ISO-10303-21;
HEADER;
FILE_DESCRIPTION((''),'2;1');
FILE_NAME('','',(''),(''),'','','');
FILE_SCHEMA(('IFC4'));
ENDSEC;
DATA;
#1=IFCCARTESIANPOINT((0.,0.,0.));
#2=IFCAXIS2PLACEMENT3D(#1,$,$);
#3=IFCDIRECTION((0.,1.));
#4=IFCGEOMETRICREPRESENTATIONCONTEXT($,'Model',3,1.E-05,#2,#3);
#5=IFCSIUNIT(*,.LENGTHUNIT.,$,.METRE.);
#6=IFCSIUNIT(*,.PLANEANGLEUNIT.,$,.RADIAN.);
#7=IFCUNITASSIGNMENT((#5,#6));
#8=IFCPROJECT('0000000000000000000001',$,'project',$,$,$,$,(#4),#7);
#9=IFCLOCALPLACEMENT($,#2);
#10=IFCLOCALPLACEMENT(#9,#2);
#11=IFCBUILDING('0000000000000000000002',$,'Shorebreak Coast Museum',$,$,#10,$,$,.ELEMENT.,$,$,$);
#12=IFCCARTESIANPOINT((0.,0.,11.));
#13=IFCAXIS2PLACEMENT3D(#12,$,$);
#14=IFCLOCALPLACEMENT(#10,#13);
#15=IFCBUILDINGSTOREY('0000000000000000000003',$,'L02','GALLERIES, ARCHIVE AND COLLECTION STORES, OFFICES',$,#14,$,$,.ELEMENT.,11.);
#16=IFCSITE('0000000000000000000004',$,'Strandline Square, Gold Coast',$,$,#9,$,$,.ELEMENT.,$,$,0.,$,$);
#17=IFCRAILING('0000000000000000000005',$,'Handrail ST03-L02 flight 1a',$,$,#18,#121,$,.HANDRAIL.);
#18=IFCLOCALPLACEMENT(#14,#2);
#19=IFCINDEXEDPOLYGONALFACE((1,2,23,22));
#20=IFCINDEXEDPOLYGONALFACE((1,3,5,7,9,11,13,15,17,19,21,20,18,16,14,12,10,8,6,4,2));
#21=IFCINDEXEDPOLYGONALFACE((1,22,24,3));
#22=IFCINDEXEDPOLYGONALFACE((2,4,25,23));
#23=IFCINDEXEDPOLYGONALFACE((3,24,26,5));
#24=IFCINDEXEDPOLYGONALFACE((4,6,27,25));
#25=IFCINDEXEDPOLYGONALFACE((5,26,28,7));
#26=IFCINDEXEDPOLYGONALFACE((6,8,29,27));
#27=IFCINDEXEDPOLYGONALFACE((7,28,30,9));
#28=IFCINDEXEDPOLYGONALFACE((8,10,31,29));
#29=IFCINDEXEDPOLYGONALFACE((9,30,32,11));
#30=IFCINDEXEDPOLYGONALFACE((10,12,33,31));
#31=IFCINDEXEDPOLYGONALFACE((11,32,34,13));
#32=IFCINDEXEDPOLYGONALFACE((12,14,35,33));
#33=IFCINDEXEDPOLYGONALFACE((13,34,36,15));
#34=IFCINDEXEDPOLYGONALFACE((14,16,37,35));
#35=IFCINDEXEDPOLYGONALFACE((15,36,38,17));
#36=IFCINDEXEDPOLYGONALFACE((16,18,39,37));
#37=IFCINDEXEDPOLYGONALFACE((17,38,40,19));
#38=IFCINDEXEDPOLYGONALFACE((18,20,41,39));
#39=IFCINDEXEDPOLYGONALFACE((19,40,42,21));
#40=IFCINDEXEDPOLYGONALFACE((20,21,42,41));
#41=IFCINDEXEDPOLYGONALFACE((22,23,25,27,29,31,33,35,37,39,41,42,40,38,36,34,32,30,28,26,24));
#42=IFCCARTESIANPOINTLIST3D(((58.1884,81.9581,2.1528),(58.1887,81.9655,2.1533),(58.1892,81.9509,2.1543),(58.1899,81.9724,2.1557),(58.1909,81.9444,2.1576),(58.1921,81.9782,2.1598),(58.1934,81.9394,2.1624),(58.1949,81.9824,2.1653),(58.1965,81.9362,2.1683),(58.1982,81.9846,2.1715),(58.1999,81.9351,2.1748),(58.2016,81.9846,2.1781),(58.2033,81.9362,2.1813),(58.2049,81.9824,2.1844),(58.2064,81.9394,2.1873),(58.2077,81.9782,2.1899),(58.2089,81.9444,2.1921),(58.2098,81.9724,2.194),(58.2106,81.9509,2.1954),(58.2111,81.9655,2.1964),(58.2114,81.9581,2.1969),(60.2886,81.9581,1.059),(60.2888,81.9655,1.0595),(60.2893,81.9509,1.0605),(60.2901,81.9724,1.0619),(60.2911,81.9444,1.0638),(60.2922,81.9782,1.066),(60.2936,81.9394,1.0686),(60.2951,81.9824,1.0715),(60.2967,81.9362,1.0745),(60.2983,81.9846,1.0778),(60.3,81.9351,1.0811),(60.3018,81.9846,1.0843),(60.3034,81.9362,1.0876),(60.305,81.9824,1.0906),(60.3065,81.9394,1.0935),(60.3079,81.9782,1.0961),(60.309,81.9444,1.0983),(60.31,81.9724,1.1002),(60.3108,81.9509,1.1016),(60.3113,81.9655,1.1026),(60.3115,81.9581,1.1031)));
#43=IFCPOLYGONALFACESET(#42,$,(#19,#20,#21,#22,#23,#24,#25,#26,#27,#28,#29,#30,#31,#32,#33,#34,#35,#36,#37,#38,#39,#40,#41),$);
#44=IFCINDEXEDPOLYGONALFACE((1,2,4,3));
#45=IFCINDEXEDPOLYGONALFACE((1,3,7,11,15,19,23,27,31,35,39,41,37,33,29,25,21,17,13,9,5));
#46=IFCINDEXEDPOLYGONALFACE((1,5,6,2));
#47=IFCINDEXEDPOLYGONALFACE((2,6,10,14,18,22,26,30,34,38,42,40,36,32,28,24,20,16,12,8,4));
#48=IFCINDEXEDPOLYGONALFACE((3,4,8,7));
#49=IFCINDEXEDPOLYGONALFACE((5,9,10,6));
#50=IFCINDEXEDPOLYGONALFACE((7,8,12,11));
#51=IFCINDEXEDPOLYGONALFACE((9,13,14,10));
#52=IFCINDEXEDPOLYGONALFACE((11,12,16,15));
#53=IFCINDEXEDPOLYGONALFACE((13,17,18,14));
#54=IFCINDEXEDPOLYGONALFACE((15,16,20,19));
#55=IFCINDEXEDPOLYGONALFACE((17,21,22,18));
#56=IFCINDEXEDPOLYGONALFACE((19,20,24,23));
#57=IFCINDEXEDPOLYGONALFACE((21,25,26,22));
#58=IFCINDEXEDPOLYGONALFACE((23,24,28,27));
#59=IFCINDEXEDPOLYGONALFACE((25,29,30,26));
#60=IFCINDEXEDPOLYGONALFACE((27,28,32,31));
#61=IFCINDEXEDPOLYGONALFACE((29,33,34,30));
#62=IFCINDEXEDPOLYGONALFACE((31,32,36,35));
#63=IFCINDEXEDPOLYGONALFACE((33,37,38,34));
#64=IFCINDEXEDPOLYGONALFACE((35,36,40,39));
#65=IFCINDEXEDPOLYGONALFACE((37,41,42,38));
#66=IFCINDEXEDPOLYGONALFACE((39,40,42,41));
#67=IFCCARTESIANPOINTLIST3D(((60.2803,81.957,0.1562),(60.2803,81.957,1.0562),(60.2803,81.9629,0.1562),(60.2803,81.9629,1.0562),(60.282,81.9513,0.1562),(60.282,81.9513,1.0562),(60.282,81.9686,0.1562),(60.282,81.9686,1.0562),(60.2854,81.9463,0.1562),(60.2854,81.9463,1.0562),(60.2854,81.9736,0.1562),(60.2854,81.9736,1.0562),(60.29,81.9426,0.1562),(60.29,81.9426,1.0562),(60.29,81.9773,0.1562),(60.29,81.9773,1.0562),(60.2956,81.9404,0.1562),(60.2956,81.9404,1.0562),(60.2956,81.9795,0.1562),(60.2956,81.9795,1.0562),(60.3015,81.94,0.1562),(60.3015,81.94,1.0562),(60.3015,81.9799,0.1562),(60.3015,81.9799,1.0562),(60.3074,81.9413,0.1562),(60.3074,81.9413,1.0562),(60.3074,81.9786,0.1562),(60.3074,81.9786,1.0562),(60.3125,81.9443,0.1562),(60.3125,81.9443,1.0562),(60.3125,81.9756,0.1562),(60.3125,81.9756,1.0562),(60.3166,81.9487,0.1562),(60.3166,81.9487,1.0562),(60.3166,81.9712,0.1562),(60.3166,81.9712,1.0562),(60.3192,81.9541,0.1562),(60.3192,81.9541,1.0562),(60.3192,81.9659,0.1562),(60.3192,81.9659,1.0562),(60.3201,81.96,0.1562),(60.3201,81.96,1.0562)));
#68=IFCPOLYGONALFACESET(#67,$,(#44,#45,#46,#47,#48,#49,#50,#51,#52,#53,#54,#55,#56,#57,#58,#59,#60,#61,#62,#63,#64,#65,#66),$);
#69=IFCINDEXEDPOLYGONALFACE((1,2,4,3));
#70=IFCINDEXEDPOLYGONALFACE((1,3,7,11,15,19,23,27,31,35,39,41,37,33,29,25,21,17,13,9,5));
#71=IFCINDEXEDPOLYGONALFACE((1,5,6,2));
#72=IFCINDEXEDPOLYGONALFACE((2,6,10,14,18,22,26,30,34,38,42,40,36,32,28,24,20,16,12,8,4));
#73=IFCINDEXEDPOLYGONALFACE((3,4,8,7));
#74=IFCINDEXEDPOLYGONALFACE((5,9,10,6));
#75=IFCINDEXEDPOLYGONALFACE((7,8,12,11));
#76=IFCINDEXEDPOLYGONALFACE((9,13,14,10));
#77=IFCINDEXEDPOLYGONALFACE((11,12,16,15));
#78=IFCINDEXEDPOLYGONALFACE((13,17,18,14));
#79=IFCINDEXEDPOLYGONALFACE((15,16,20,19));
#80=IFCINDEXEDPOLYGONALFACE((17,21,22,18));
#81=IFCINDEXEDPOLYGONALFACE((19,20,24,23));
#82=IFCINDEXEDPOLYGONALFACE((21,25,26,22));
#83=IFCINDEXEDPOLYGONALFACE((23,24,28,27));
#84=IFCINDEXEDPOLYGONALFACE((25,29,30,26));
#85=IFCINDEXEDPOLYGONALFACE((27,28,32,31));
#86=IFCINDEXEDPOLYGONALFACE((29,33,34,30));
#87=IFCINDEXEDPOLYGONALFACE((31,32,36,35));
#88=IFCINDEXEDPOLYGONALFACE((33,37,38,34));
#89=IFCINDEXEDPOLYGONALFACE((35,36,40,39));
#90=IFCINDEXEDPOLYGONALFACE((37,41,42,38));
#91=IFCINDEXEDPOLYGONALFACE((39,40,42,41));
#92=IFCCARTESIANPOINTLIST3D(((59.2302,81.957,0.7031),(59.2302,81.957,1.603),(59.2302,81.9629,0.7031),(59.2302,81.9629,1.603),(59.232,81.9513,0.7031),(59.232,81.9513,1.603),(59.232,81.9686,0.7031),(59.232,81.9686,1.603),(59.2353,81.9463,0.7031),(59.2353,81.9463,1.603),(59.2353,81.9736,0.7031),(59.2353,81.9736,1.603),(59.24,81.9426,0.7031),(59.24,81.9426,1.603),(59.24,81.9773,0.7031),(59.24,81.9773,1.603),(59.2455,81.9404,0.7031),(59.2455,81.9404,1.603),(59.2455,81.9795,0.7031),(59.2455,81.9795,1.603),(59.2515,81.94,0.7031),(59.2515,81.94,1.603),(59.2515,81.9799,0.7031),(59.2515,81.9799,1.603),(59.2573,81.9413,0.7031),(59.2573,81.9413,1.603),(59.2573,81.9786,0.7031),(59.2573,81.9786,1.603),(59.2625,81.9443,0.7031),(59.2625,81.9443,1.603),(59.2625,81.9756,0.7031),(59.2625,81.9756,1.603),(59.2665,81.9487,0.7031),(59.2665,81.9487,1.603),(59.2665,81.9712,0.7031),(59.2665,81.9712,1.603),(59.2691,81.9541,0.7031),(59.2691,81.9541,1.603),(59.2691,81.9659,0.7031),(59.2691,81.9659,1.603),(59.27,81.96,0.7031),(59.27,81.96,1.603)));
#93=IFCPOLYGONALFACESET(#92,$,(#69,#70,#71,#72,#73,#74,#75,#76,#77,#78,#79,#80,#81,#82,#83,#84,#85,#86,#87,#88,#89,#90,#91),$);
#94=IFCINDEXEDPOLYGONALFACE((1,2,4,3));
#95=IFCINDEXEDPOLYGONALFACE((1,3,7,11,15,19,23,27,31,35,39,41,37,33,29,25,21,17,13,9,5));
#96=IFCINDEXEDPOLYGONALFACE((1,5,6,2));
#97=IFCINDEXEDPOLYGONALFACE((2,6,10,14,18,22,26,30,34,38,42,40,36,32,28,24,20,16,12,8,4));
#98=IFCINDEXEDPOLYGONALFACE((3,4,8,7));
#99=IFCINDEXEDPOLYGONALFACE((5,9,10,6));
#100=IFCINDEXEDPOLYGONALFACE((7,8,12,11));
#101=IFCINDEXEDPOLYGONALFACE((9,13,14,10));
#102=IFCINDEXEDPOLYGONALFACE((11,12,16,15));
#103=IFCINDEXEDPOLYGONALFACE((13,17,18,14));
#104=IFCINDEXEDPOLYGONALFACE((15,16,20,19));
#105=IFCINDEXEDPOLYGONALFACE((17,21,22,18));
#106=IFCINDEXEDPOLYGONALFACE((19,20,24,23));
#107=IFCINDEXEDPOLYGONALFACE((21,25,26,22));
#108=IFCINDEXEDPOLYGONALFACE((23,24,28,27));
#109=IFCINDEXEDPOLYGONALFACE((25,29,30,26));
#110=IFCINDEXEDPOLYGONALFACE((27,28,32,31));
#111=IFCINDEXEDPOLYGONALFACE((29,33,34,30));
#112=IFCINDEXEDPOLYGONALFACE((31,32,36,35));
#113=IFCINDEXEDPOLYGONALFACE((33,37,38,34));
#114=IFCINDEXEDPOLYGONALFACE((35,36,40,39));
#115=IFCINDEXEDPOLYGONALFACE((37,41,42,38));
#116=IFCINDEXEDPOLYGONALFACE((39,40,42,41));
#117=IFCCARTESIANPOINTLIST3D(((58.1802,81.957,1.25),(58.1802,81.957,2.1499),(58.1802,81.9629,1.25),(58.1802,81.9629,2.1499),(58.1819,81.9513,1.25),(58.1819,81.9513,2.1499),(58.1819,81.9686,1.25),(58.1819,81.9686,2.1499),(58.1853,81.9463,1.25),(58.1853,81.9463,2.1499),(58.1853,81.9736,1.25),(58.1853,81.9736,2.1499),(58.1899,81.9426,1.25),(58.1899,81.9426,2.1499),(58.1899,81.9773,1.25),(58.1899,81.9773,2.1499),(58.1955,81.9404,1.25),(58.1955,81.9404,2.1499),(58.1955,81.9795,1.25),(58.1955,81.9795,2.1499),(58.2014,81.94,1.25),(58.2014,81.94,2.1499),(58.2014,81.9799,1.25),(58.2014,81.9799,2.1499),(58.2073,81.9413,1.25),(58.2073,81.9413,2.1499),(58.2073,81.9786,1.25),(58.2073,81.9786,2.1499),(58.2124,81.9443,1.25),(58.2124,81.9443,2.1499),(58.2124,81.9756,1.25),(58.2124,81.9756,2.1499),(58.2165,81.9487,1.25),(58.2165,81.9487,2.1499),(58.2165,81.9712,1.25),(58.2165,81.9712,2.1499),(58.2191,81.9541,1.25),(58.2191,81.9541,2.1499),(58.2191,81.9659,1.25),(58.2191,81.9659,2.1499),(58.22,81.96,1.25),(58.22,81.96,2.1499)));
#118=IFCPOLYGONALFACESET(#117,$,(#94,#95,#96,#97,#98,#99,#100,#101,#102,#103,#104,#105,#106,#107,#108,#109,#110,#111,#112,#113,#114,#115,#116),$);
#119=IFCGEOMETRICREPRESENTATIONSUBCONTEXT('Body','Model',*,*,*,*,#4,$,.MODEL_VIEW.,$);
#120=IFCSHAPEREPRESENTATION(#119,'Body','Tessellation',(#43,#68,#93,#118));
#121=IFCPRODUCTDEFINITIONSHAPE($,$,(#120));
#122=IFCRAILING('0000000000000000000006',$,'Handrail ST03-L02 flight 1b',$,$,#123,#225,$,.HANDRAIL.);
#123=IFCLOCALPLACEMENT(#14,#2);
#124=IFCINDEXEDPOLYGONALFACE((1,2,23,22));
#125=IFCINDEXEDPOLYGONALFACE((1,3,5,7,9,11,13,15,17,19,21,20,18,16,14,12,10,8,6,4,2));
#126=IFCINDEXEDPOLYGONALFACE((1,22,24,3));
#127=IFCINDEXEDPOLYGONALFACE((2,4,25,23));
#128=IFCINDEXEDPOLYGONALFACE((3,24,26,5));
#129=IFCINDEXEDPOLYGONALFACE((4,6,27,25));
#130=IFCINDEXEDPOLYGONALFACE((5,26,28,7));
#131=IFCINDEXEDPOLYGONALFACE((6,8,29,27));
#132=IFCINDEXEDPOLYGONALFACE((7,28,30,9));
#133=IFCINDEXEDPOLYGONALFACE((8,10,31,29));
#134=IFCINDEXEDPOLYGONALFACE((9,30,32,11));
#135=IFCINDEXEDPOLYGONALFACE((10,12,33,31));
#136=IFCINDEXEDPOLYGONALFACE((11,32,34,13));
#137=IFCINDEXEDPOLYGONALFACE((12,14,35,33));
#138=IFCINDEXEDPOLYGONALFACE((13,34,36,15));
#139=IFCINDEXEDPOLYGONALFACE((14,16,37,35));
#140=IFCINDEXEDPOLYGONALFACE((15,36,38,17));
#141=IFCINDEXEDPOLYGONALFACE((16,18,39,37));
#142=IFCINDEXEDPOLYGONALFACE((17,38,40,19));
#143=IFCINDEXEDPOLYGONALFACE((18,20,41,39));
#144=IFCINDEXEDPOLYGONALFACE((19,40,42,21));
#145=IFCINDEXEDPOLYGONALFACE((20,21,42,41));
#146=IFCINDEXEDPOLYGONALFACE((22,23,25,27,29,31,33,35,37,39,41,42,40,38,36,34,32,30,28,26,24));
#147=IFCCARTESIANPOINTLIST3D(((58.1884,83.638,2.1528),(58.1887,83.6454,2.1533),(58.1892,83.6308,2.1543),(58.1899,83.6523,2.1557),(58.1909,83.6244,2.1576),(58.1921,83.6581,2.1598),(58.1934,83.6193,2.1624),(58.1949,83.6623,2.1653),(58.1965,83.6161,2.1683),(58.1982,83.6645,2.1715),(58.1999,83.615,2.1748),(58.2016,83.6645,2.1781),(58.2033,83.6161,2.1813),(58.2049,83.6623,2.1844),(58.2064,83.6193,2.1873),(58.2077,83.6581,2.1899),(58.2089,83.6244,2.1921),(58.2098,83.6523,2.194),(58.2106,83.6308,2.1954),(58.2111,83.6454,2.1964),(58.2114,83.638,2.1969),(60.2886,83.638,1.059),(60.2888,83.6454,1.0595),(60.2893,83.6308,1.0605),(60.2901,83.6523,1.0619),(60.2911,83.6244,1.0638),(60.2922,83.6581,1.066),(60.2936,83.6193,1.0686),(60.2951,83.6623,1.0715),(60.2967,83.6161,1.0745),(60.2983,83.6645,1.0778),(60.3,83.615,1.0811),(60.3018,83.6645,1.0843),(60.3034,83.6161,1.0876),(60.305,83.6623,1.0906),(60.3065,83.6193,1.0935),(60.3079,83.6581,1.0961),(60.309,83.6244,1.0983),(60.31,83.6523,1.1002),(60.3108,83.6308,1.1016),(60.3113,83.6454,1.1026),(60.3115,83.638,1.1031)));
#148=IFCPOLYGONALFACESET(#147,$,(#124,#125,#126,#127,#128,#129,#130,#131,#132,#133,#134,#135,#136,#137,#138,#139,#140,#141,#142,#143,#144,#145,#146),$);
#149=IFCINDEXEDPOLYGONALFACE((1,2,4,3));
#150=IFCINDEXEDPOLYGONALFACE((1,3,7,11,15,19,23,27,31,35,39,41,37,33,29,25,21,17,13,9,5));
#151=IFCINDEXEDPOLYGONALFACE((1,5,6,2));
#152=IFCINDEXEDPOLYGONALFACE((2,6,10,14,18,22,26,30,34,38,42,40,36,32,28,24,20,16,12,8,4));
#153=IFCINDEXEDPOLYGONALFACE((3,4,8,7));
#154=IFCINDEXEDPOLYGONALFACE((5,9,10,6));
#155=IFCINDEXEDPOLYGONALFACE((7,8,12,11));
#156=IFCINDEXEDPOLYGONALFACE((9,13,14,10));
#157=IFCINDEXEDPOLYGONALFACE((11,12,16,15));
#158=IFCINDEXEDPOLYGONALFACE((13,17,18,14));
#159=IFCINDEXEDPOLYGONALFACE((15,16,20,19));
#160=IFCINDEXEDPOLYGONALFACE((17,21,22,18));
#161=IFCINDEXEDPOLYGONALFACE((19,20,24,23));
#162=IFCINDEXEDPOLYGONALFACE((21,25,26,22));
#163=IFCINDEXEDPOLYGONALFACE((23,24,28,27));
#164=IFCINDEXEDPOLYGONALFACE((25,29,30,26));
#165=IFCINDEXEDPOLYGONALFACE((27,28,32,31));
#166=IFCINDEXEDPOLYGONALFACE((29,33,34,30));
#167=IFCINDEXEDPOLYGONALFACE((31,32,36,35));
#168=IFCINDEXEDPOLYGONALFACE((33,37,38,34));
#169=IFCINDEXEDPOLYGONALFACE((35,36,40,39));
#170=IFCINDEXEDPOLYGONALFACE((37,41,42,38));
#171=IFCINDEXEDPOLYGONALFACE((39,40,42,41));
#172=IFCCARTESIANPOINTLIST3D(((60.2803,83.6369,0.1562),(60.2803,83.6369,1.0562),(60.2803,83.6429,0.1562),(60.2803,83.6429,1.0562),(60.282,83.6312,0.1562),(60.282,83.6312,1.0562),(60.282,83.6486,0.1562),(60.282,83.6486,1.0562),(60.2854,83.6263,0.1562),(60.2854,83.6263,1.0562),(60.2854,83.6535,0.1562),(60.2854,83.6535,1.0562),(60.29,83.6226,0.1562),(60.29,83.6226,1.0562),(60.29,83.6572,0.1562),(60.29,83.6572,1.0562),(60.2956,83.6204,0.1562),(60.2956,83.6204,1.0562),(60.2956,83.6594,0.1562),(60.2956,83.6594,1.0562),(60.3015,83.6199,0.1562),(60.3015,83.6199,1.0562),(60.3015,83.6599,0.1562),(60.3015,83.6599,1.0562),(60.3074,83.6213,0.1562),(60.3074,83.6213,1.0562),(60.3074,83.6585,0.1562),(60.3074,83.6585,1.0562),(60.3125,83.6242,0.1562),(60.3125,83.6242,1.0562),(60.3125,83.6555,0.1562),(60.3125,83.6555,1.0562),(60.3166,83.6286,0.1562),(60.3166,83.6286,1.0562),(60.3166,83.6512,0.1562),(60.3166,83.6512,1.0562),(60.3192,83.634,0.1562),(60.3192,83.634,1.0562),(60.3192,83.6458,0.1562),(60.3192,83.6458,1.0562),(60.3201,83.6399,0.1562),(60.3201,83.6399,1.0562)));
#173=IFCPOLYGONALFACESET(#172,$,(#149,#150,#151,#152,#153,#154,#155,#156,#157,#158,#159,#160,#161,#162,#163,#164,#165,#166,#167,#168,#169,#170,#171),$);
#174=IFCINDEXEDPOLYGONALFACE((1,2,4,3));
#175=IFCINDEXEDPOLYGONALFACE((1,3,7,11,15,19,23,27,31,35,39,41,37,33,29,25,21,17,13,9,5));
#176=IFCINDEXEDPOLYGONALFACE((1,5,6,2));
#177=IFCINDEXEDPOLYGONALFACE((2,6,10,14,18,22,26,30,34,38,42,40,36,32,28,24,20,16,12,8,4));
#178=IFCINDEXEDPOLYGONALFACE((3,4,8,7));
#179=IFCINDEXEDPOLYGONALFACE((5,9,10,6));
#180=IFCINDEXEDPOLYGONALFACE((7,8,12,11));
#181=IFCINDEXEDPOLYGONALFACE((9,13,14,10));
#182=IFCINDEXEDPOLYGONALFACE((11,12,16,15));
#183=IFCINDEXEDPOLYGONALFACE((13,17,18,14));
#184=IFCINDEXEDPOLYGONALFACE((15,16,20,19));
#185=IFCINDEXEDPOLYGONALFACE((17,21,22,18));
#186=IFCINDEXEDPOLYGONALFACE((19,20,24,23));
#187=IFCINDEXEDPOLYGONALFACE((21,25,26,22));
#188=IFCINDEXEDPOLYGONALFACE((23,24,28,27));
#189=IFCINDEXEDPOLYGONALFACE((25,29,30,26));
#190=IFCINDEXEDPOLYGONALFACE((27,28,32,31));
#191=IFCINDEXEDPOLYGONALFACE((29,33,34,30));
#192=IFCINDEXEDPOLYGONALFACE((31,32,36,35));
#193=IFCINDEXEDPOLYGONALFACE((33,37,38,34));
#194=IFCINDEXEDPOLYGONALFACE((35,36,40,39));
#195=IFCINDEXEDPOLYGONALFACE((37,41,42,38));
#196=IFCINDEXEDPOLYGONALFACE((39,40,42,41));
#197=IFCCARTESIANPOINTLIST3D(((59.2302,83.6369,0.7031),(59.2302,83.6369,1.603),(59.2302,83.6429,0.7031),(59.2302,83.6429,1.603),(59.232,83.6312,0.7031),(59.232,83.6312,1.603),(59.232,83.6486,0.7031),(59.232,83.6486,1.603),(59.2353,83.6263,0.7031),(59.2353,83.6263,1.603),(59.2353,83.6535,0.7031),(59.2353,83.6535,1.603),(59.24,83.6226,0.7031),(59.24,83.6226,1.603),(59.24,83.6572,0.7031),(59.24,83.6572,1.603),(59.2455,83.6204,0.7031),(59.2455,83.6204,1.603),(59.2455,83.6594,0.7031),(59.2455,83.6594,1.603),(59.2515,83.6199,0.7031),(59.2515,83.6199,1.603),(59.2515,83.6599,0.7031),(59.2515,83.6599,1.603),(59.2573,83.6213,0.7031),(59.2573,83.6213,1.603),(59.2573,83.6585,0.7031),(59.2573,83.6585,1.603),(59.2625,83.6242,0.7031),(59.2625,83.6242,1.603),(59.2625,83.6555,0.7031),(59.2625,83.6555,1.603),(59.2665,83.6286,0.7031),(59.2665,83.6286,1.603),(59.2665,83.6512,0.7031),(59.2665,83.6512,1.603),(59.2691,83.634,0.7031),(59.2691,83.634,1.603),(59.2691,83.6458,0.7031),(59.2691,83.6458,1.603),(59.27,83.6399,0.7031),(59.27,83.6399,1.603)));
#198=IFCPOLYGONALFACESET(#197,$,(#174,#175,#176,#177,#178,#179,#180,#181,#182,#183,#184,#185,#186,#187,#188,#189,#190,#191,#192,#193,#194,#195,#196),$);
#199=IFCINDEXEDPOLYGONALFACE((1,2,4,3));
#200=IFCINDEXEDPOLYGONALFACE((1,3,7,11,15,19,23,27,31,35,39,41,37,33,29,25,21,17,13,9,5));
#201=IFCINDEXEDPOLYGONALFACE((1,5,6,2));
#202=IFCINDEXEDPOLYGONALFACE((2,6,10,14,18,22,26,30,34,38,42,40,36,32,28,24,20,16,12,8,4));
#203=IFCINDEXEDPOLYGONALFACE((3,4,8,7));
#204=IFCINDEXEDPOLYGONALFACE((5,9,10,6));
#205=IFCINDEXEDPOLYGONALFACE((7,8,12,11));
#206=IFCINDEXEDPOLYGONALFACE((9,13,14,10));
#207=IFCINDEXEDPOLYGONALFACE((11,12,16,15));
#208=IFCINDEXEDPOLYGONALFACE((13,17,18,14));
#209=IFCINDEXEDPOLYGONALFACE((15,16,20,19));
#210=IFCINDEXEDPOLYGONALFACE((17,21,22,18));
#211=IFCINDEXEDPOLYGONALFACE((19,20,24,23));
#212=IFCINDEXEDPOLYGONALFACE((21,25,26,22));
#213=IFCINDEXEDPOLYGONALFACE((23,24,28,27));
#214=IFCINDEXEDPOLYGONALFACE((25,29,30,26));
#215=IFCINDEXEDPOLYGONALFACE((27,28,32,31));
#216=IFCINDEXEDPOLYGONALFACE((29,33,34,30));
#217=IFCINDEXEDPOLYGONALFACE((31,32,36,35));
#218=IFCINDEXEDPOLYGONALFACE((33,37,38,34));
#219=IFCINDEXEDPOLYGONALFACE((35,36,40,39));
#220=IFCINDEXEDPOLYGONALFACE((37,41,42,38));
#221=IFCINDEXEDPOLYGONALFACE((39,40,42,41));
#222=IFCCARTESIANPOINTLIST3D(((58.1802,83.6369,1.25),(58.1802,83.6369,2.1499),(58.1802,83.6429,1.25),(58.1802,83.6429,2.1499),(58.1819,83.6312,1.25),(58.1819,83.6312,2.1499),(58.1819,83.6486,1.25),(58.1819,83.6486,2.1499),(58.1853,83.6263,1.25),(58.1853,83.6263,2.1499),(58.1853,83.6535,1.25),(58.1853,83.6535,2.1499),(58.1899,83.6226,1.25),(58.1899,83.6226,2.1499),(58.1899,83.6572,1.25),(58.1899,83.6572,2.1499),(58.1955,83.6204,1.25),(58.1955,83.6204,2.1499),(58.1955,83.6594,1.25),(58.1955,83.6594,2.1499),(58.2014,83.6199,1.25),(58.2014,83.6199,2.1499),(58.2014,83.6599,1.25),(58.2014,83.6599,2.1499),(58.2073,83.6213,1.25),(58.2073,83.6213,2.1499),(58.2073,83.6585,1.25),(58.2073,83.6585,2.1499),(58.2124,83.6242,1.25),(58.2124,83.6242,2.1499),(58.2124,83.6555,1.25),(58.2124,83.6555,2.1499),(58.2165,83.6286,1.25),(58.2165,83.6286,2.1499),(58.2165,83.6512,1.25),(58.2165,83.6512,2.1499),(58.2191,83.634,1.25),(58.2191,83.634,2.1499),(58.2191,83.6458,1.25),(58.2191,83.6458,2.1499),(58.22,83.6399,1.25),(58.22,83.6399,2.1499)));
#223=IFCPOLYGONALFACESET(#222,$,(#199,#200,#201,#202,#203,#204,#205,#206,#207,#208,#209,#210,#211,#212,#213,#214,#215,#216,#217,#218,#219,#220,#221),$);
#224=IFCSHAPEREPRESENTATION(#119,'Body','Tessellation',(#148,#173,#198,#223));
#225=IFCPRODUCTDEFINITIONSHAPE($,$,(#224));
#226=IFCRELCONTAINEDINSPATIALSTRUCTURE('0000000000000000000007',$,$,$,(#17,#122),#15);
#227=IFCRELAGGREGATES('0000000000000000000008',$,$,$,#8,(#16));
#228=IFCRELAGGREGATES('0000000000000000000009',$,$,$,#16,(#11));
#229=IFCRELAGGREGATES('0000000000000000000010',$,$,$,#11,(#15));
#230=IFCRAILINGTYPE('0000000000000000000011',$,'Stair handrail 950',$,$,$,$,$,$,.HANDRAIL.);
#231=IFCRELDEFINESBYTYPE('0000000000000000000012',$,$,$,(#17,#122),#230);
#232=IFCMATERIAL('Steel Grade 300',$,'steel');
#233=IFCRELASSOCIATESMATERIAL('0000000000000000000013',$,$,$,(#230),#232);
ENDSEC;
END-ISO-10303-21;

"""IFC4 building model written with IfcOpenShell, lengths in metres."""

from ifc_helpers import new_model, si_unit, direction, frame, origin, origin_2d, place, context, subcontext, project, spatial, circle, extrude, material, type_object, element, save


model = new_model("IFC4")

# Units and contexts
model_context = context("Model", 3, precision=1e-05, world=origin(), true_north=direction((0.0, 1.0)))
body_context = subcontext(model_context, "Body", "Model", "MODEL_VIEW")
ifc_project = project(units=[si_unit("LENGTHUNIT", "METRE"), si_unit("PLANEANGLEUNIT", "RADIAN")], contexts=[model_context])

# Site, building, storey
site_placement = place(None, origin())
site = spatial("IfcSite", under=ifc_project, at=site_placement, Name="Strandline Square, Gold Coast", CompositionType="ELEMENT", RefElevation=0.0)
building_placement = place(site_placement, origin())
building = spatial("IfcBuilding", under=site, at=building_placement, Name="Shorebreak Coast Museum", CompositionType="ELEMENT")
storey_placement = place(building_placement, frame((0.0, 0.0, 11.0)))
storey = spatial("IfcBuildingStorey", under=building, at=storey_placement, Name="L02", Description="GALLERIES, ARCHIVE AND COLLECTION STORES, OFFICES", CompositionType="ELEMENT", Elevation=11.0)

# Railings
ifc_material_1 = material(Name="Steel Grade 300", Category="steel")
railing_type_1 = type_object("IfcRailingType", Name="Stair handrail 950", PredefinedType="HANDRAIL", material=ifc_material_1)
for number, where, name in (
    (1, (60.3, 81.96, 0.1562), "Handrail ST03-L02 flight 1a"),
    (2, (60.3, 83.6399, 0.1562), "Handrail ST03-L02 flight 1b"),
):
    element("IfcRailing", number, at=place(storey_placement, frame(where)), inside=storey, type_object=railing_type_1, Name=name, PredefinedType="HANDRAIL", context=body_context, shape_type="SweptSolid", body=[
        extrude(circle(Radius=0.0249, at=origin_2d()), frame((0.0, 0.0, 0.9248), z_axis=(-0.886923, 0.0, 0.461918), x_axis=(0.0, -1.0, 0.0)), (0.0, 0.0, 1.0), 2.3679),
        extrude(circle(Radius=0.02, at=origin_2d()), origin(), (0.0, 0.0, 1.0), 0.8999),
        extrude(circle(Radius=0.02, at=origin_2d()), frame((-1.05, 0.0, 0.5469)), (0.0, 0.0, 1.0), 0.8999),
        extrude(circle(Radius=0.02, at=origin_2d()), frame((-2.1001, 0.0, 1.0938)), (0.0, 0.0, 1.0), 0.8999),
    ])

save(model, "model.ifc")
